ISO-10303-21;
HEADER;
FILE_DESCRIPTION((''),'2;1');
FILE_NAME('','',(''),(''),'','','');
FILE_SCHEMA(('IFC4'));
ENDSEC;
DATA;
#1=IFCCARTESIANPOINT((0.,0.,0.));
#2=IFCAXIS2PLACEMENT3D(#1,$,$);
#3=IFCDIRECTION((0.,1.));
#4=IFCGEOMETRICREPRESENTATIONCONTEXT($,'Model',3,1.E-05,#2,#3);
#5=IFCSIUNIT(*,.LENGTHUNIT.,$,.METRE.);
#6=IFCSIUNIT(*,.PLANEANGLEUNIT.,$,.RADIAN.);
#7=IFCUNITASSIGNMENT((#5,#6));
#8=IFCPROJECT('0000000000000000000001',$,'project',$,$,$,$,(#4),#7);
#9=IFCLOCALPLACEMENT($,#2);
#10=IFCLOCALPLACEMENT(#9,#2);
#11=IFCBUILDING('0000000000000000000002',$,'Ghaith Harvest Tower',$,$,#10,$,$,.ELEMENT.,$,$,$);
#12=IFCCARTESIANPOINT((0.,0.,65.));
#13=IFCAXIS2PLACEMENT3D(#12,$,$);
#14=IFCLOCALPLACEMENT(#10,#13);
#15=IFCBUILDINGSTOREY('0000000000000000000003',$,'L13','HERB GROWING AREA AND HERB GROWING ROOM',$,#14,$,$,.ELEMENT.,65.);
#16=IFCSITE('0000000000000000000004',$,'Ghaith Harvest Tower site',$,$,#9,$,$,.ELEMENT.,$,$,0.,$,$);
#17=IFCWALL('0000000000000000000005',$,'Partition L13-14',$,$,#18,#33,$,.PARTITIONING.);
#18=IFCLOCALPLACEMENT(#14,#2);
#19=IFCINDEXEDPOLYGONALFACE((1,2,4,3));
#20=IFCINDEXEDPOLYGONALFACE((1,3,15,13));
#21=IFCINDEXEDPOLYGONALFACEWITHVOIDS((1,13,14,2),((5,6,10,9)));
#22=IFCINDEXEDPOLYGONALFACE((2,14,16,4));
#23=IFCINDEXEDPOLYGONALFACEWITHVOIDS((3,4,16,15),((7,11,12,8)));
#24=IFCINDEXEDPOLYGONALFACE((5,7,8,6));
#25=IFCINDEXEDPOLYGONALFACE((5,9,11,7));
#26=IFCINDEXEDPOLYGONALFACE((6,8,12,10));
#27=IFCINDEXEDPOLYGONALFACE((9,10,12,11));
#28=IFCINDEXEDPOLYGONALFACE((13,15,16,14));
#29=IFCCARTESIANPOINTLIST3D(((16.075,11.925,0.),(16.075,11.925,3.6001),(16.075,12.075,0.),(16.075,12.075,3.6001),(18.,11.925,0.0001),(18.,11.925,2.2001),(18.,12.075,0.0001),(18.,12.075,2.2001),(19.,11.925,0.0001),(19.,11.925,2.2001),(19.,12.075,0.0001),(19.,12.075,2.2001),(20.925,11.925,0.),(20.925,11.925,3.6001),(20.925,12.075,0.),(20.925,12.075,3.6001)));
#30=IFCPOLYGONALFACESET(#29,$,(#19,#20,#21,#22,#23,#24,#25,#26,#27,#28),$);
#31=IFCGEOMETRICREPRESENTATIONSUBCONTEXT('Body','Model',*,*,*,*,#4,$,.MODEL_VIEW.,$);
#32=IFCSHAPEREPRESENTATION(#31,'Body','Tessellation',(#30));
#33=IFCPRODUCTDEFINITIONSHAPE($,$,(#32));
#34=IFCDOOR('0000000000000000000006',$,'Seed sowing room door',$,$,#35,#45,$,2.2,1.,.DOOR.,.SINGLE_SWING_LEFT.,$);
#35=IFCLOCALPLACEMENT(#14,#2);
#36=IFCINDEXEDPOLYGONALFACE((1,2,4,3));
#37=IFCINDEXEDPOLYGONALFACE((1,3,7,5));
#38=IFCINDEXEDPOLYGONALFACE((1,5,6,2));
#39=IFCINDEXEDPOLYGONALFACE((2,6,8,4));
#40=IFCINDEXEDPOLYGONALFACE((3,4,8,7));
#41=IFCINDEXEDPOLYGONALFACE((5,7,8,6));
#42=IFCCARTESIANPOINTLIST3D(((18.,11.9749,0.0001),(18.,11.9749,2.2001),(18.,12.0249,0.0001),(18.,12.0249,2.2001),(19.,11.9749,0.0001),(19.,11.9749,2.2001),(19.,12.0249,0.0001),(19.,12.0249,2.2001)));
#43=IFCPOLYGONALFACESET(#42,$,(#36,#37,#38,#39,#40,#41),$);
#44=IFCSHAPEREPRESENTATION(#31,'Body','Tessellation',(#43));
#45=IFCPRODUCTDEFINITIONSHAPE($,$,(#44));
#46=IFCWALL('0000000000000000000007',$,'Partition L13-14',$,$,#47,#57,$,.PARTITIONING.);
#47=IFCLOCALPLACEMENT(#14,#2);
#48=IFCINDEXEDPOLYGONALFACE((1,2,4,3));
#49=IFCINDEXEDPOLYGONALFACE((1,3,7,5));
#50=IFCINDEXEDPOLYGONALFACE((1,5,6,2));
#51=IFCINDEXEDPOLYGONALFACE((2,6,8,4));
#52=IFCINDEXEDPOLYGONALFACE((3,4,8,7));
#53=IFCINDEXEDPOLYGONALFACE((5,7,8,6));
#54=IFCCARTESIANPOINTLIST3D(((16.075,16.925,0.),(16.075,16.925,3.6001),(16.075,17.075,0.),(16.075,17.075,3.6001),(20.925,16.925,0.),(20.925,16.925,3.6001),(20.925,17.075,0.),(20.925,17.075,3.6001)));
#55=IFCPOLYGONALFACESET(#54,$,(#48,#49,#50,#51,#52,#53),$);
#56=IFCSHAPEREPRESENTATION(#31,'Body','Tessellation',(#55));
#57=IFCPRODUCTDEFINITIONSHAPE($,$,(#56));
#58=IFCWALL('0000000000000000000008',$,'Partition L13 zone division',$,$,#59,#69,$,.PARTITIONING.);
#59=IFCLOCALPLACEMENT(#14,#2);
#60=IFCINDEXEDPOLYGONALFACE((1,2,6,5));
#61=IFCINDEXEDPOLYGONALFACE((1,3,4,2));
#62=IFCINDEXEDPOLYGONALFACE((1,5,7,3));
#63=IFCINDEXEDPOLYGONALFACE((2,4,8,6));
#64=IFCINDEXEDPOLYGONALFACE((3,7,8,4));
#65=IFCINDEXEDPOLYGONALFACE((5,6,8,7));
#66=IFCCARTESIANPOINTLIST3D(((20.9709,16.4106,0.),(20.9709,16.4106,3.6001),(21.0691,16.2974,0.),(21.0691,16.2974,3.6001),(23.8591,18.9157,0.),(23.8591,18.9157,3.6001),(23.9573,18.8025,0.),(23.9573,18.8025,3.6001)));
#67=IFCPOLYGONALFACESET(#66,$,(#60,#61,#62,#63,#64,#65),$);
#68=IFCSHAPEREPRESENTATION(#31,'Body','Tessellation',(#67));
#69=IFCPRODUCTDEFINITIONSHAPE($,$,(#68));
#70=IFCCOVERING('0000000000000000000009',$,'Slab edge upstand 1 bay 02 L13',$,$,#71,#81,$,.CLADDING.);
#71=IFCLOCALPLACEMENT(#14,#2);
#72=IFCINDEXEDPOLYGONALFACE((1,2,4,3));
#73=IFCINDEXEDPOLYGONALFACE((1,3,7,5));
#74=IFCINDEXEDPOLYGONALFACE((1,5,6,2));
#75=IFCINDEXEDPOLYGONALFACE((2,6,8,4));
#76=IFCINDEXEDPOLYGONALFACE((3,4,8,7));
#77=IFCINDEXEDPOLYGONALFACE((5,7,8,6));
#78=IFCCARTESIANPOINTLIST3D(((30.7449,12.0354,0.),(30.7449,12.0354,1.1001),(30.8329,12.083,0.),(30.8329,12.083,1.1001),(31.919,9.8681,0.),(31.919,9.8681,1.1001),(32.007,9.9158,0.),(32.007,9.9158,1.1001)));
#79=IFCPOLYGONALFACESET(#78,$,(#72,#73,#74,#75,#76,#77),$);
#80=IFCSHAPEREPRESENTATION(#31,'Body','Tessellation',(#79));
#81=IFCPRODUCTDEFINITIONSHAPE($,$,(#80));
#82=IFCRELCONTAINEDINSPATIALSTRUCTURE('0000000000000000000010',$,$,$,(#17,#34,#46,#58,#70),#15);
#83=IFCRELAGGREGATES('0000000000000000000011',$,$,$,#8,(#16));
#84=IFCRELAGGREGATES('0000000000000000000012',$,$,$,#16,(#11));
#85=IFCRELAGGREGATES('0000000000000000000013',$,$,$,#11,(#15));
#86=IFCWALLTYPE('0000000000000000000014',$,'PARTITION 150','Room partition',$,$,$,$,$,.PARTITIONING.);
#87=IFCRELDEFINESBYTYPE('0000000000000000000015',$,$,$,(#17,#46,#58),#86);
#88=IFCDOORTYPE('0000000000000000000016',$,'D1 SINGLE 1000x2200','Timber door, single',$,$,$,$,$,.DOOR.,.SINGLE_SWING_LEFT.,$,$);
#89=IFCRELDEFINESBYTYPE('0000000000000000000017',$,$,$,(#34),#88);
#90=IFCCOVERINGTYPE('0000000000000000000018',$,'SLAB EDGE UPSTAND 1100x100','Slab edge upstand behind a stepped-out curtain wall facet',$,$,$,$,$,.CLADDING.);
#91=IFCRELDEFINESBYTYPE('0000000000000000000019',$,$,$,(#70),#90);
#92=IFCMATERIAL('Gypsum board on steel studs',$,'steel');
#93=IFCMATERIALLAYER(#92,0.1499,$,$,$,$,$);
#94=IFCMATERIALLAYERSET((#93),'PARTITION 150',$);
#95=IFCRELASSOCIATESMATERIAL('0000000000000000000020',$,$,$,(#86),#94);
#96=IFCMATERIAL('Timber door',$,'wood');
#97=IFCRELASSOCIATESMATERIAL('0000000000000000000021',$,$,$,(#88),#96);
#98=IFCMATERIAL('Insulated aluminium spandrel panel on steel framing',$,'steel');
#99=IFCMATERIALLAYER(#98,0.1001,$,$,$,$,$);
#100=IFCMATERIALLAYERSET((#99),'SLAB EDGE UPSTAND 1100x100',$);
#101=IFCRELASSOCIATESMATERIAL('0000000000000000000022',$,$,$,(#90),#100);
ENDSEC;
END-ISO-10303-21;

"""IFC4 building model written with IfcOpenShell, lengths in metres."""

from ifc_helpers import new_model, si_unit, direction, frame, frame_2d, origin, origin_2d, place, context, subcontext, project, spatial, rectangle, extrude, material, layer, layer_set, type_object, element, fill, save


model = new_model("IFC4")

# Units and contexts
model_context = context("Model", 3, precision=1e-05, world=origin(), true_north=direction((0.0, 1.0)))
body_context = subcontext(model_context, "Body", "Model", "MODEL_VIEW")
ifc_project = project(units=[si_unit("LENGTHUNIT", "METRE"), si_unit("PLANEANGLEUNIT", "RADIAN")], contexts=[model_context])

# Site, building, storey
site_placement = place(None, origin())
site = spatial("IfcSite", under=ifc_project, at=site_placement, Name="Ghaith Harvest Tower site", CompositionType="ELEMENT", RefElevation=0.0)
building_placement = place(site_placement, origin())
building = spatial("IfcBuilding", under=site, at=building_placement, Name="Ghaith Harvest Tower", CompositionType="ELEMENT")
storey_placement = place(building_placement, frame((0.0, 0.0, 65.0)))
storey = spatial("IfcBuildingStorey", under=building, at=storey_placement, Name="L13", Description="HERB GROWING AREA AND HERB GROWING ROOM", CompositionType="ELEMENT", Elevation=65.0)

# Shared definitions
ifc_material_1 = material(Name="Gypsum board on steel studs", Category="steel")
ifc_layer_1 = layer(ifc_material_1, 0.1499)
ifc_layer_set_1 = layer_set([ifc_layer_1], Name="PARTITION 150")
wall_type = type_object("IfcWallType", Name="PARTITION 150", Description="Room partition", PredefinedType="PARTITIONING", material=ifc_layer_set_1)

# Wall, opening, door
wall_1_placement = place(storey_placement, frame((16.075, 12.0, 0.0), z_axis=(0.0, 0.0, 1.0), x_axis=(1.0, 0.0, 0.0)))
wall_1 = element("IfcWall", 1, at=wall_1_placement, inside=storey, type_object=wall_type, Name="Partition L13-14", PredefinedType="PARTITIONING", context=body_context, shape_type="SweptSolid", body=[
    extrude(rectangle(XDim=4.8501, YDim=0.1499, at=frame_2d((2.425, 0.0))), origin(), (0.0, 0.0, 1.0), 3.6001),
])
opening_placement = place(wall_1_placement, frame((1.925, 0.0, 0.0)))
opening = element("IfcOpeningElement", 2, at=opening_placement, cuts=wall_1, PredefinedType="OPENING", context=body_context, shape_type="SweptSolid", body=[
    extrude(rectangle(XDim=1.0, YDim=2.2, at=frame_2d((0.5, 1.1001))), frame((0.0, 0.085, 0.0), z_axis=(0.0, -1.0, 0.0), x_axis=(1.0, 0.0, 0.0)), (0.0, 0.0, 1.0), 0.1699),
])
ifc_material_2 = material(Name="Timber door", Category="wood")
door_type = type_object("IfcDoorType", Name="D1 SINGLE 1000x2200", Description="Timber door, single", OperationType="SINGLE_SWING_LEFT", PredefinedType="DOOR", material=ifc_material_2)
door_placement = place(opening_placement, origin())
door = element("IfcDoor", 3, at=door_placement, inside=storey, type_object=door_type, Name="Seed sowing room door", OperationType="SINGLE_SWING_LEFT", OverallHeight=2.2, OverallWidth=1.0, PredefinedType="DOOR", context=body_context, shape_type="SweptSolid", body=[
    extrude(rectangle(XDim=1.0, YDim=2.2, at=frame_2d((0.5, 1.1001))), frame((0.0, 0.0249, 0.0), z_axis=(0.0, -1.0, 0.0), x_axis=(1.0, 0.0, 0.0)), (0.0, 0.0, 1.0), 0.05),
])
fill(opening, door)

# Walls
wall_2_placement = place(storey_placement, frame((16.075, 17.0, 0.0), z_axis=(0.0, 0.0, 1.0), x_axis=(1.0, 0.0, 0.0)))
element("IfcWall", 4, at=wall_2_placement, inside=storey, type_object=wall_type, Name="Partition L13-14", PredefinedType="PARTITIONING", context=body_context, shape_type="SweptSolid", body=[
    extrude(rectangle(XDim=4.8501, YDim=0.1499, at=frame_2d((2.425, 0.0))), origin(), (0.0, 0.0, 1.0), 3.6001),
])
wall_3_placement = place(storey_placement, frame((21.02, 16.354, 0.0), z_axis=(0.0, 0.0, 1.0), x_axis=(0.755426, 0.655234, 0.0)))
element("IfcWall", 5, at=wall_3_placement, inside=storey, type_object=wall_type, Name="Partition L13 zone division", PredefinedType="PARTITIONING", context=body_context, shape_type="SweptSolid", body=[
    extrude(rectangle(XDim=3.8232, YDim=0.1499, at=frame_2d((1.9116, 0.0))), origin(), (0.0, 0.0, 1.0), 3.6001),
])

# Covering
ifc_material_3 = material(Name="Insulated aluminium spandrel panel on steel framing", Category="steel")
ifc_layer_2 = layer(ifc_material_3, 0.1001)
ifc_layer_set_2 = layer_set([ifc_layer_2], Name="SLAB EDGE UPSTAND 1100x100")
covering_type = type_object("IfcCoveringType", Name="SLAB EDGE UPSTAND 1100x100", Description="Slab edge upstand behind a stepped-out curtain wall facet", PredefinedType="CLADDING", material=ifc_layer_set_2)
covering_placement = place(storey_placement, frame((31.376, 10.9756, 0.0), z_axis=(0.0, 0.0, 1.0), x_axis=(-0.476349, 0.879256, 0.0)))
element("IfcCovering", 6, at=covering_placement, inside=storey, type_object=covering_type, Name="Slab edge upstand 1 bay 02 L13", PredefinedType="CLADDING", context=body_context, shape_type="SweptSolid", body=[
    extrude(rectangle(XDim=2.4648, YDim=0.1001, at=origin_2d()), origin(), (0.0, 0.0, 1.0), 1.1001),
])

save(model, "model.ifc")
